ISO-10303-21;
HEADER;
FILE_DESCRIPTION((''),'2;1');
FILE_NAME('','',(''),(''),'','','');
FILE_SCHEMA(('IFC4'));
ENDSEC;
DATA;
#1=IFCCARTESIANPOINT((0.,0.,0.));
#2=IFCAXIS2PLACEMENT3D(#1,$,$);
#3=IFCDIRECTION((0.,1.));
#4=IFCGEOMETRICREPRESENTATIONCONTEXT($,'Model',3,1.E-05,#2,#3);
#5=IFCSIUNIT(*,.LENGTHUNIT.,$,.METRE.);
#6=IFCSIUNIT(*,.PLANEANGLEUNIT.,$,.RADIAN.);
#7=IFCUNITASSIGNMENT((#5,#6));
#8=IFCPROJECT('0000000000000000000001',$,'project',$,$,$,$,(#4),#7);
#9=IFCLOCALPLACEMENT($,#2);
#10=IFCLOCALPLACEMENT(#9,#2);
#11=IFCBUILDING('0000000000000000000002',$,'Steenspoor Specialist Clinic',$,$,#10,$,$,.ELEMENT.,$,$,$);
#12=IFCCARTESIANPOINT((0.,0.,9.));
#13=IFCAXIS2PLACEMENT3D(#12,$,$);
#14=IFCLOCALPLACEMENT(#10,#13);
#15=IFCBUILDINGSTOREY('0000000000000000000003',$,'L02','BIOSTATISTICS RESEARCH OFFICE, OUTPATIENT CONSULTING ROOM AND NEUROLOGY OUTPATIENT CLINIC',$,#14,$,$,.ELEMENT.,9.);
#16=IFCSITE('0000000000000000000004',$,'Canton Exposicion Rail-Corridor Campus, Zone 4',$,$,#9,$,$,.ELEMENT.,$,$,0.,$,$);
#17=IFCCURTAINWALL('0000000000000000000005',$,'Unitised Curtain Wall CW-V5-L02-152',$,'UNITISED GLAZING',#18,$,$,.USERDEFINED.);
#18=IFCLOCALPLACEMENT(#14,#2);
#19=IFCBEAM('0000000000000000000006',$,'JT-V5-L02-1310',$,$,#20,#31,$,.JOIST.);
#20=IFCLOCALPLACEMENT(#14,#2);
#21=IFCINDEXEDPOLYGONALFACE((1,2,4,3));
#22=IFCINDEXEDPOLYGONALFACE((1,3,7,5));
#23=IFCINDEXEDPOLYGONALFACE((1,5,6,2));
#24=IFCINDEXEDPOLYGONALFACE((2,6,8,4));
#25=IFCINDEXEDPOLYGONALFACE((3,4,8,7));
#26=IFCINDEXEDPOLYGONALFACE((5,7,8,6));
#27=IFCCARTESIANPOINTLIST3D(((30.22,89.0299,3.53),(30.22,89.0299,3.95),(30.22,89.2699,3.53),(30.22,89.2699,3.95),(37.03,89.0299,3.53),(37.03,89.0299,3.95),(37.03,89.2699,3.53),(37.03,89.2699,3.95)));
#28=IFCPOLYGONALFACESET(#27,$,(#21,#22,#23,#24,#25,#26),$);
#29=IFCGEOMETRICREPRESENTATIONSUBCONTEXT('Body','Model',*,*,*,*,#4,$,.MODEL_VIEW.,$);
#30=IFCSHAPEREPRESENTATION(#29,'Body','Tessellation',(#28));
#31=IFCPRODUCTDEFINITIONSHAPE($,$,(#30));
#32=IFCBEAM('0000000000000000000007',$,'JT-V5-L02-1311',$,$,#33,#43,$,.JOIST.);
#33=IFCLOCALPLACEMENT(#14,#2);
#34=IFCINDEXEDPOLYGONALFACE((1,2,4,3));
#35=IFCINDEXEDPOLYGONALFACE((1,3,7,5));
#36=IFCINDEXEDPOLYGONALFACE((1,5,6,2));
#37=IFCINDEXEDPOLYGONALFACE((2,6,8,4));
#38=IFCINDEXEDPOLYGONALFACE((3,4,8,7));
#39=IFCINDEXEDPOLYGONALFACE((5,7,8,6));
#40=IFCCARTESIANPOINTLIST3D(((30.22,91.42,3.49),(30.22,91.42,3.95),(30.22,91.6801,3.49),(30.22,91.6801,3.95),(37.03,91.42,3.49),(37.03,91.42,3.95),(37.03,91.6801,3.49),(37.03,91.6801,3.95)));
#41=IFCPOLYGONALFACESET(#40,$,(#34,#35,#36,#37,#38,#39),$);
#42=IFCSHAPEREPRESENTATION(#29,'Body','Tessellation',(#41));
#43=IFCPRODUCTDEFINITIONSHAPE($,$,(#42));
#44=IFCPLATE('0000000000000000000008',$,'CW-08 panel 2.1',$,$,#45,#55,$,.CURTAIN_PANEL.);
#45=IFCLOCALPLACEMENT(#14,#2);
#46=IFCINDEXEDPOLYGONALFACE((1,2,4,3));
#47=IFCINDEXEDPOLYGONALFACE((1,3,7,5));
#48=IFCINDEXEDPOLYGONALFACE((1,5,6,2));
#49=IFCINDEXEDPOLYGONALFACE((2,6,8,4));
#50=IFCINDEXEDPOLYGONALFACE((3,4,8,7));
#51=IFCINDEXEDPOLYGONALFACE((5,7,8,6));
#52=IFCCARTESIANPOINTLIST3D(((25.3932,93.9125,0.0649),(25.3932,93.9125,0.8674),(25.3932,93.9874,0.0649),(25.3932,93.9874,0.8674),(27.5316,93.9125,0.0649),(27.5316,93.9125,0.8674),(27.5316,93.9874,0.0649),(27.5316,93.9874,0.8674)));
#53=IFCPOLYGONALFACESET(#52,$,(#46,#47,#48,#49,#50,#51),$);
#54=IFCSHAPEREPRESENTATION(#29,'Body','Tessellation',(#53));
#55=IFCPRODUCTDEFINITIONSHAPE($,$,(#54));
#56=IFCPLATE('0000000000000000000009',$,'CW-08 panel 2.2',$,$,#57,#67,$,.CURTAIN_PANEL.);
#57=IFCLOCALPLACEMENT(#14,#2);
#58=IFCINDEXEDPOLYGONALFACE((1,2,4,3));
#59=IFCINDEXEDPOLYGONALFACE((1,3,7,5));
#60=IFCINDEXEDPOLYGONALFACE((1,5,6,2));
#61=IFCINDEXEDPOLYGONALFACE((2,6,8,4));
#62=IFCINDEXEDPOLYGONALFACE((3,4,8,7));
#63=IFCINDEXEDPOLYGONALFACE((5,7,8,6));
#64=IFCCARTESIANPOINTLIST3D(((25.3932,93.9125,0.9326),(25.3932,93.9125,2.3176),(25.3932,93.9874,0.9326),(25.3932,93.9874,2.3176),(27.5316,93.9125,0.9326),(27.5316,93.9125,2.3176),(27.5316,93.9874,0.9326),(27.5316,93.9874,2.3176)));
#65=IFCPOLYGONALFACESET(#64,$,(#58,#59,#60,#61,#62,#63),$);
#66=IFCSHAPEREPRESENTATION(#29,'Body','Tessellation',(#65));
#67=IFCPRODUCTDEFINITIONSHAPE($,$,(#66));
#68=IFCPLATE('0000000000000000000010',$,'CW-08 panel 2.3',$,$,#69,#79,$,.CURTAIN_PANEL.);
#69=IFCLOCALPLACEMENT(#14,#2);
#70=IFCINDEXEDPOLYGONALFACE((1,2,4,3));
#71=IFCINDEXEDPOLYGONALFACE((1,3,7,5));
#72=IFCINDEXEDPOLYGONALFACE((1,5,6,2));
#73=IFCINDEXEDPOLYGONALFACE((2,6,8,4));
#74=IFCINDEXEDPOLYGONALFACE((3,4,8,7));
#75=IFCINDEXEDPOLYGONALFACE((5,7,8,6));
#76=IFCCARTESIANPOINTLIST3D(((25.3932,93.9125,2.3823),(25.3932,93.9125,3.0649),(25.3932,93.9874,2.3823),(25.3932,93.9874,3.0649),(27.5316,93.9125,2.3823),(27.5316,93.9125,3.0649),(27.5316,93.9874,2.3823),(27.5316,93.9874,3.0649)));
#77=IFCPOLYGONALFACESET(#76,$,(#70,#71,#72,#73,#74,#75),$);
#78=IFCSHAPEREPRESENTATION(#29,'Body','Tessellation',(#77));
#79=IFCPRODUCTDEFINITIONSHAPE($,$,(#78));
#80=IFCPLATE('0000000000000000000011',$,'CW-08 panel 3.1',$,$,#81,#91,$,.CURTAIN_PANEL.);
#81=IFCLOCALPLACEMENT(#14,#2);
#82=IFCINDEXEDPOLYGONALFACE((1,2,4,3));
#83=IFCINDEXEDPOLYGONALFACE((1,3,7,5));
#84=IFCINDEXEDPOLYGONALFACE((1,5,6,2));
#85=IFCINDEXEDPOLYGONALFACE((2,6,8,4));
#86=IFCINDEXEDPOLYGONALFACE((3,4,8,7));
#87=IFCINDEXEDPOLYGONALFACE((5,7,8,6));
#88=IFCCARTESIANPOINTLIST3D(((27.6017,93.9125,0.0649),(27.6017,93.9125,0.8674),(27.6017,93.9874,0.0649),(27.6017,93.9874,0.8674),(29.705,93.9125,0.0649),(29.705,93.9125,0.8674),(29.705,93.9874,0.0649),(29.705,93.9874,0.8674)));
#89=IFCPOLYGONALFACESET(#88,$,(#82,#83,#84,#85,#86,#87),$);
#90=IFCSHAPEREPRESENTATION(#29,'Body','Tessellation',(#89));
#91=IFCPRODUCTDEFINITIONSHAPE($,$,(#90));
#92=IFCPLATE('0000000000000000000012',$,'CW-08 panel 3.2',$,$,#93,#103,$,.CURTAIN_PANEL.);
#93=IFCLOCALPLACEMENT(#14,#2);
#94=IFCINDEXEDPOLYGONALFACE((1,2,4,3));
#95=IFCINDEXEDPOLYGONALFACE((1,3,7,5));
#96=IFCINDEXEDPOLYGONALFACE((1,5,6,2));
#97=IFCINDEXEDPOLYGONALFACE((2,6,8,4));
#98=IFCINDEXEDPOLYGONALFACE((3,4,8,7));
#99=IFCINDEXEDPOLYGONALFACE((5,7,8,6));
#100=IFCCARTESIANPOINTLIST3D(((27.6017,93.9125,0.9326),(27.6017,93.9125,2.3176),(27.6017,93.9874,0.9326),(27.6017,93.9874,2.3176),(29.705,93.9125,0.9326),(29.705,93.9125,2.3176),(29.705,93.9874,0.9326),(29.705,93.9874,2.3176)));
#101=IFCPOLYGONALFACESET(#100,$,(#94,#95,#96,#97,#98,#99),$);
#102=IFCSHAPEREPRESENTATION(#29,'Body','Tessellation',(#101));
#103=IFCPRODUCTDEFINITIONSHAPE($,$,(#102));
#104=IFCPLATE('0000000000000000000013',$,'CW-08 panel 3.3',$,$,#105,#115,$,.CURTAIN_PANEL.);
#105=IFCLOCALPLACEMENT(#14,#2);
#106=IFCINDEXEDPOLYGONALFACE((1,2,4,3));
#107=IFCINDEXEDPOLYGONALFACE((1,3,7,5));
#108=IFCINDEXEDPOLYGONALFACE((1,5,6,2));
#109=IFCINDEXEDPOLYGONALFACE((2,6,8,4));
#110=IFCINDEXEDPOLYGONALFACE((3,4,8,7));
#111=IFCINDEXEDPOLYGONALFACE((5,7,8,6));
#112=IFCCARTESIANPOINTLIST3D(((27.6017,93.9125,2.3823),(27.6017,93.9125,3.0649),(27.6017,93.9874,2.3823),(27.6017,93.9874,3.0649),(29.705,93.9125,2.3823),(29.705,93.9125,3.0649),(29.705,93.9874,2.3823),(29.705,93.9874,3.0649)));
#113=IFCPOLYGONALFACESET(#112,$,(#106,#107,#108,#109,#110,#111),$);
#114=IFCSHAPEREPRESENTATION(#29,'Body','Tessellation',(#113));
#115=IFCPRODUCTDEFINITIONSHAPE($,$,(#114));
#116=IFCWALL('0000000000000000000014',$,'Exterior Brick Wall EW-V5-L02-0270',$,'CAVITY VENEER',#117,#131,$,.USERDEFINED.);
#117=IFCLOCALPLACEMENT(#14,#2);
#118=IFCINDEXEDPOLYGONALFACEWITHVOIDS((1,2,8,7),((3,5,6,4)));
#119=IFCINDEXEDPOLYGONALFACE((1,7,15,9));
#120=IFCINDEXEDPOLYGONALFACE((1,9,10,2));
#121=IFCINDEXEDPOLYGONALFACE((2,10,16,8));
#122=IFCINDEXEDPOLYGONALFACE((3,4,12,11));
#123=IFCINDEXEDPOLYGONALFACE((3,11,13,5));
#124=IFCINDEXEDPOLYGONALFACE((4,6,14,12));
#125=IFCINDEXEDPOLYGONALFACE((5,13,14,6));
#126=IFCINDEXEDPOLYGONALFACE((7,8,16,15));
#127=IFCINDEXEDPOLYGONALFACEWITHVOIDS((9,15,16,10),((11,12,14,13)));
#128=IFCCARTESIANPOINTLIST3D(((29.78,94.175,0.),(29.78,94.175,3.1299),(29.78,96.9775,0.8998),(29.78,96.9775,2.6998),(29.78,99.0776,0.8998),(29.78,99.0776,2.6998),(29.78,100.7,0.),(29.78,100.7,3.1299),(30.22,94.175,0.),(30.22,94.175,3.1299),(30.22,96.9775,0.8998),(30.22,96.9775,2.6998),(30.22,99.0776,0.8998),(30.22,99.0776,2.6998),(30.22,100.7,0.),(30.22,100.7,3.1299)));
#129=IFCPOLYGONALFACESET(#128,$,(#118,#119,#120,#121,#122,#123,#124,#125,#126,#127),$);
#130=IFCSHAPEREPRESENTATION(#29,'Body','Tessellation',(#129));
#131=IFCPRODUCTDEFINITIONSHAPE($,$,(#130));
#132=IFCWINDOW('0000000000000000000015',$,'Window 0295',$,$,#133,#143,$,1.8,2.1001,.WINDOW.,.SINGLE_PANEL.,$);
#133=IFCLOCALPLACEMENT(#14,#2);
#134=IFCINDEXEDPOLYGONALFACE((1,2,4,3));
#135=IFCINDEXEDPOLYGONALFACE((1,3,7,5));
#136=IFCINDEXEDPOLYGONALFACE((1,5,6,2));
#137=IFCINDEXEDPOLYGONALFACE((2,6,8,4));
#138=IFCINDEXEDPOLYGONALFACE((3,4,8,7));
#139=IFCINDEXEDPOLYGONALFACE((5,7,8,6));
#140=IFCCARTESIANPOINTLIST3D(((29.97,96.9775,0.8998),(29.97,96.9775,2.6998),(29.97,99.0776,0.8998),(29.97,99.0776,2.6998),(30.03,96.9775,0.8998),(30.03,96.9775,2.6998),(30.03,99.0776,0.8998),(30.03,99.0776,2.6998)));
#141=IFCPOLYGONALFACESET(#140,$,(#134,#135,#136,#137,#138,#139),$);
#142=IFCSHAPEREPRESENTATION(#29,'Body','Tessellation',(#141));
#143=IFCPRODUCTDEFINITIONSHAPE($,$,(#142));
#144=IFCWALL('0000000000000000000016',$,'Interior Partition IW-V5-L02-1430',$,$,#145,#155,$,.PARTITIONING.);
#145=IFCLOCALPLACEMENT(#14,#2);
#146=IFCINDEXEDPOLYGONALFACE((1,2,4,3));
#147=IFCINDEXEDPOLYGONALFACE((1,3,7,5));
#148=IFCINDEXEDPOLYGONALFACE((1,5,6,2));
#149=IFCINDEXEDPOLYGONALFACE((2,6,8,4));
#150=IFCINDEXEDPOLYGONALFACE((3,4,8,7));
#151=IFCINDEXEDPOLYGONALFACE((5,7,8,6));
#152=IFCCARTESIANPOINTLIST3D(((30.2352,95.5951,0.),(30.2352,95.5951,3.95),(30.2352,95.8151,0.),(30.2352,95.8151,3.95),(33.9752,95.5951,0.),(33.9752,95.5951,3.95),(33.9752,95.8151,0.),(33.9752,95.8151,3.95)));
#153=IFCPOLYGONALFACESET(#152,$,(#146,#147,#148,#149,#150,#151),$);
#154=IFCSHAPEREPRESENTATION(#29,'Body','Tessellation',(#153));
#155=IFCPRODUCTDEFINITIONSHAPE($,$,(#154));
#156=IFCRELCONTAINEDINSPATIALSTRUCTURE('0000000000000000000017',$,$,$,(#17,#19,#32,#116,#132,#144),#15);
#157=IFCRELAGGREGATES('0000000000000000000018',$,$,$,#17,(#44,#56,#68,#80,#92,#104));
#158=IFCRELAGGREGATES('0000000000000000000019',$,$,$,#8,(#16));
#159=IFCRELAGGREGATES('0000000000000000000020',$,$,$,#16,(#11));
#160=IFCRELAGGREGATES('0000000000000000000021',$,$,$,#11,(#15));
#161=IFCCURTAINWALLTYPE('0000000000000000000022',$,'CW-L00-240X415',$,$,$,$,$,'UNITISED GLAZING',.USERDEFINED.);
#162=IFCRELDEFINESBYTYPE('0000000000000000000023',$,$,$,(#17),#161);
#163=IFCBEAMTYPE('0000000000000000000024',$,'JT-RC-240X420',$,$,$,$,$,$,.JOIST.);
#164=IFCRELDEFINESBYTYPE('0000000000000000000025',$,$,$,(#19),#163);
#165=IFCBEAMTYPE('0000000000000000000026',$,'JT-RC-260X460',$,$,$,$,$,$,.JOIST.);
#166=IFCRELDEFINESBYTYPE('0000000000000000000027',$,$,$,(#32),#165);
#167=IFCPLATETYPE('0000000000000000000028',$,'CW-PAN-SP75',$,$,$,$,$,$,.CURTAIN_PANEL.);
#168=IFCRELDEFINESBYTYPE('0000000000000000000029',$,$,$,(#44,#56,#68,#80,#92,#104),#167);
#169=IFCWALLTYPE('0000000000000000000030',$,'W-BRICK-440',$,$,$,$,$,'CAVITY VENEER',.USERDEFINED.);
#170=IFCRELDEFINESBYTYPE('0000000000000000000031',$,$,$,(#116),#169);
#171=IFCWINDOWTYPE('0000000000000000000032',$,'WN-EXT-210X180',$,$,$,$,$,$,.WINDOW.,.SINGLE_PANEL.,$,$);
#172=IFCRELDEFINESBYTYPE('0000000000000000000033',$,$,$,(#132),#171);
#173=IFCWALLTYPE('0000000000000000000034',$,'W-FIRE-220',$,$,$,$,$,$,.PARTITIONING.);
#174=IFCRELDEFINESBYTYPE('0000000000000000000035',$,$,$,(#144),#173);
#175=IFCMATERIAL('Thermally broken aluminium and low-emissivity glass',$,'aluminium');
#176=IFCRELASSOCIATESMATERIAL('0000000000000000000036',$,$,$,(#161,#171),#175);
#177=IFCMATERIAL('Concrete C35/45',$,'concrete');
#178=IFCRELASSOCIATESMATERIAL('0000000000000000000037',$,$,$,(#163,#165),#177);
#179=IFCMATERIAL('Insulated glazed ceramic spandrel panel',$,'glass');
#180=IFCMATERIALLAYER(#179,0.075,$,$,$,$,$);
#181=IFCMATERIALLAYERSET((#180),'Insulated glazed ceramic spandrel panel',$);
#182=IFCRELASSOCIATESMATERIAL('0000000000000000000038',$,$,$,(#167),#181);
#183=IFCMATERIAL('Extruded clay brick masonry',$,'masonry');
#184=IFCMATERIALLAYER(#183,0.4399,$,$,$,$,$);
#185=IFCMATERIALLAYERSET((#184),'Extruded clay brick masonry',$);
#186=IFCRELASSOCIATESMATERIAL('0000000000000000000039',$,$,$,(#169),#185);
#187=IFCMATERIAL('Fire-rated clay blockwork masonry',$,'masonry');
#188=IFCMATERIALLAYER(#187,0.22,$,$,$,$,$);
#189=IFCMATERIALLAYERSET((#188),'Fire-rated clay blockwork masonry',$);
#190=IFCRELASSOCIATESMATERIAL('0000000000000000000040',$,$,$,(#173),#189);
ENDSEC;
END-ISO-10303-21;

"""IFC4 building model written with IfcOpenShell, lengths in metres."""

from ifc_helpers import new_model, si_unit, direction, frame, frame_2d, origin, origin_2d, place, context, subcontext, project, spatial, rectangle, extrude, material, layer, layer_set, material_profile, profile_set, type_object, element, fill, aggregate, save


model = new_model("IFC4")

# Units and contexts
model_context = context("Model", 3, precision=1e-05, world=origin(), true_north=direction((0.0, 1.0)))
body_context = subcontext(model_context, "Body", "Model", "MODEL_VIEW")
ifc_project = project(units=[si_unit("LENGTHUNIT", "METRE"), si_unit("PLANEANGLEUNIT", "RADIAN")], contexts=[model_context])

# Site, building, storey
site_placement = place(None, origin())
site = spatial("IfcSite", under=ifc_project, at=site_placement, Name="Canton Exposicion Rail-Corridor Campus, Zone 4", CompositionType="ELEMENT", RefElevation=0.0)
building_placement = place(site_placement, origin())
building = spatial("IfcBuilding", under=site, at=building_placement, Name="Steenspoor Specialist Clinic", CompositionType="ELEMENT")
storey_placement = place(building_placement, frame((0.0, 0.0, 9.0)))
storey = spatial("IfcBuildingStorey", under=building, at=storey_placement, Name="L02", Description="BIOSTATISTICS RESEARCH OFFICE, OUTPATIENT CONSULTING ROOM AND NEUROLOGY OUTPATIENT CLINIC", CompositionType="ELEMENT", Elevation=9.0)

# Shared definitions
ifc_material_1 = material(Name="Concrete C35/45", Category="concrete")

# Curtain wall
ifc_material_2 = material(Name="Thermally broken aluminium and low-emissivity glass", Category="aluminium")
curtain_wall_type = type_object("IfcCurtainWallType", Name="CW-L00-240X415", ElementType="UNITISED GLAZING", PredefinedType="USERDEFINED", material=ifc_material_2)
curtain_wall_placement = place(storey_placement, origin())
curtain_wall = element("IfcCurtainWall", 1, at=curtain_wall_placement, inside=storey, type_object=curtain_wall_type, Name="Unitised Curtain Wall CW-V5-L02-152", ObjectType="UNITISED GLAZING", PredefinedType="USERDEFINED")

# Beams
ifc_material_profile_1 = material_profile(ifc_material_1, rectangle(XDim=0.24, YDim=0.4199, at=origin_2d()), Name="RC-JT-240X420")
ifc_profile_set_1 = profile_set([ifc_material_profile_1], Name="Concrete C35/45")
beam_type_1 = type_object("IfcBeamType", Name="JT-RC-240X420", PredefinedType="JOIST", material=ifc_profile_set_1)
beam_1_placement = place(storey_placement, frame((30.22, 89.1499, 3.74), z_axis=(1.0, 0.0, 0.0), x_axis=(0.0, 1.0, 0.0)))
element("IfcBeam", 2, at=beam_1_placement, inside=storey, type_object=beam_type_1, Name="JT-V5-L02-1310", PredefinedType="JOIST", context=body_context, shape_type="SweptSolid", body=[
    extrude(rectangle(XDim=0.24, YDim=0.4199, at=origin_2d()), origin(), (0.0, 0.0, 1.0), 6.8101),
])
ifc_material_profile_2 = material_profile(ifc_material_1, rectangle(XDim=0.26, YDim=0.46, at=origin_2d()), Name="RC-JT-260X460")
ifc_profile_set_2 = profile_set([ifc_material_profile_2], Name="Concrete C35/45")
beam_type_2 = type_object("IfcBeamType", Name="JT-RC-260X460", PredefinedType="JOIST", material=ifc_profile_set_2)
beam_2_placement = place(storey_placement, frame((30.22, 91.55, 3.72), z_axis=(1.0, 0.0, 0.0), x_axis=(0.0, 1.0, 0.0)))
element("IfcBeam", 3, at=beam_2_placement, inside=storey, type_object=beam_type_2, Name="JT-V5-L02-1311", PredefinedType="JOIST", context=body_context, shape_type="SweptSolid", body=[
    extrude(rectangle(XDim=0.26, YDim=0.46, at=origin_2d()), origin(), (0.0, 0.0, 1.0), 6.8101),
])

# Plates
ifc_material_3 = material(Name="Insulated glazed ceramic spandrel panel", Category="glass")
ifc_layer_1 = layer(ifc_material_3, 0.075)
ifc_layer_set_1 = layer_set([ifc_layer_1], Name="Insulated glazed ceramic spandrel panel")
plate_type = type_object("IfcPlateType", Name="CW-PAN-SP75", PredefinedType="CURTAIN_PANEL", material=ifc_layer_set_1)
plate_1_placement = place(storey_placement, frame((26.4624, 93.95, 0.0649), z_axis=(0.0, 0.0, 1.0), x_axis=(1.0, 0.0, 0.0)))
plate_1 = element("IfcPlate", 4, at=plate_1_placement, type_object=plate_type, Name="CW-08 panel 2.1", PredefinedType="CURTAIN_PANEL", context=body_context, shape_type="SweptSolid", body=[
    extrude(rectangle(XDim=2.1384, YDim=0.075, at=origin_2d()), origin(), (0.0, 0.0, 1.0), 0.8025),
])
plate_2_placement = place(storey_placement, frame((26.4624, 93.95, 0.9326), z_axis=(0.0, 0.0, 1.0), x_axis=(1.0, 0.0, 0.0)))
plate_2 = element("IfcPlate", 5, at=plate_2_placement, type_object=plate_type, Name="CW-08 panel 2.2", PredefinedType="CURTAIN_PANEL", context=body_context, shape_type="SweptSolid", body=[
    extrude(rectangle(XDim=2.1384, YDim=0.075, at=origin_2d()), origin(), (0.0, 0.0, 1.0), 1.385),
])
plate_3_placement = place(storey_placement, frame((26.4624, 93.95, 2.3823), z_axis=(0.0, 0.0, 1.0), x_axis=(1.0, 0.0, 0.0)))
plate_3 = element("IfcPlate", 6, at=plate_3_placement, type_object=plate_type, Name="CW-08 panel 2.3", PredefinedType="CURTAIN_PANEL", context=body_context, shape_type="SweptSolid", body=[
    extrude(rectangle(XDim=2.1384, YDim=0.075, at=origin_2d()), origin(), (0.0, 0.0, 1.0), 0.6826),
])
plate_4_placement = place(storey_placement, frame((28.6533, 93.95, 0.0649), z_axis=(0.0, 0.0, 1.0), x_axis=(1.0, 0.0, 0.0)))
plate_4 = element("IfcPlate", 7, at=plate_4_placement, type_object=plate_type, Name="CW-08 panel 3.1", PredefinedType="CURTAIN_PANEL", context=body_context, shape_type="SweptSolid", body=[
    extrude(rectangle(XDim=2.1033, YDim=0.075, at=origin_2d()), origin(), (0.0, 0.0, 1.0), 0.8025),
])
plate_5_placement = place(storey_placement, frame((28.6533, 93.95, 0.9326), z_axis=(0.0, 0.0, 1.0), x_axis=(1.0, 0.0, 0.0)))
plate_5 = element("IfcPlate", 8, at=plate_5_placement, type_object=plate_type, Name="CW-08 panel 3.2", PredefinedType="CURTAIN_PANEL", context=body_context, shape_type="SweptSolid", body=[
    extrude(rectangle(XDim=2.1033, YDim=0.075, at=origin_2d()), origin(), (0.0, 0.0, 1.0), 1.385),
])
plate_6_placement = place(storey_placement, frame((28.6533, 93.95, 2.3823), z_axis=(0.0, 0.0, 1.0), x_axis=(1.0, 0.0, 0.0)))
plate_6 = element("IfcPlate", 9, at=plate_6_placement, type_object=plate_type, Name="CW-08 panel 3.3", PredefinedType="CURTAIN_PANEL", context=body_context, shape_type="SweptSolid", body=[
    extrude(rectangle(XDim=2.1033, YDim=0.075, at=origin_2d()), origin(), (0.0, 0.0, 1.0), 0.6826),
])
aggregate(curtain_wall, [plate_1, plate_2, plate_3, plate_4, plate_5, plate_6])

# Wall, opening, window
ifc_material_4 = material(Name="Extruded clay brick masonry", Category="masonry")
ifc_layer_2 = layer(ifc_material_4, 0.4399)
ifc_layer_set_2 = layer_set([ifc_layer_2], Name="Extruded clay brick masonry")
wall_type_1 = type_object("IfcWallType", Name="W-BRICK-440", ElementType="CAVITY VENEER", PredefinedType="USERDEFINED", material=ifc_layer_set_2)
wall_1_placement = place(storey_placement, frame((30.0, 94.175, 0.0), z_axis=(0.0, 0.0, 1.0), x_axis=(0.0, 1.0, 0.0)))
wall_1 = element("IfcWall", 10, at=wall_1_placement, inside=storey, type_object=wall_type_1, Name="Exterior Brick Wall EW-V5-L02-0270", ObjectType="CAVITY VENEER", PredefinedType="USERDEFINED", context=body_context, shape_type="SweptSolid", body=[
    extrude(rectangle(XDim=6.5249, YDim=0.4399, at=frame_2d((3.2625, 0.0))), origin(), (0.0, 0.0, 1.0), 3.1299),
])
opening_1_placement = place(wall_1_placement, frame((2.8025, 0.0, 0.8999)))
opening_1 = element("IfcOpeningElement", 11, at=opening_1_placement, cuts=wall_1, PredefinedType="OPENING", context=body_context, shape_type="SweptSolid", body=[
    extrude(rectangle(XDim=2.1001, YDim=1.8, at=frame_2d((1.05, 0.8999))), frame((0.0, 0.23, 0.0), z_axis=(0.0, -1.0, 0.0), x_axis=(1.0, 0.0, 0.0)), (0.0, 0.0, 1.0), 0.46),
])
window_type = type_object("IfcWindowType", Name="WN-EXT-210X180", PartitioningType="SINGLE_PANEL", PredefinedType="WINDOW", material=ifc_material_2)
window_placement = place(opening_1_placement, origin())
window = element("IfcWindow", 12, at=window_placement, inside=storey, type_object=window_type, Name="Window 0295", OverallHeight=1.8, OverallWidth=2.1001, PartitioningType="SINGLE_PANEL", PredefinedType="WINDOW", context=body_context, shape_type="SweptSolid", body=[
    extrude(rectangle(XDim=2.1001, YDim=1.8, at=frame_2d((1.05, 0.8999))), frame((0.0, 0.03, 0.0), z_axis=(0.0, -1.0, 0.0), x_axis=(1.0, 0.0, 0.0)), (0.0, 0.0, 1.0), 0.0601),
])
fill(opening_1, window)

# Wall
ifc_material_5 = material(Name="Fire-rated clay blockwork masonry", Category="masonry")
ifc_layer_3 = layer(ifc_material_5, 0.22)
ifc_layer_set_3 = layer_set([ifc_layer_3], Name="Fire-rated clay blockwork masonry")
wall_type_2 = type_object("IfcWallType", Name="W-FIRE-220", PredefinedType="PARTITIONING", material=ifc_layer_set_3)
wall_2_placement = place(storey_placement, frame((30.2351, 95.7051, 0.0), z_axis=(0.0, 0.0, 1.0), x_axis=(1.0, 0.0, 0.0)))
element("IfcWall", 13, at=wall_2_placement, inside=storey, type_object=wall_type_2, Name="Interior Partition IW-V5-L02-1430", PredefinedType="PARTITIONING", context=body_context, shape_type="SweptSolid", body=[
    extrude(rectangle(XDim=3.74, YDim=0.22, at=frame_2d((1.8701, 0.0))), origin(), (0.0, 0.0, 1.0), 3.95),
])

save(model, "model.ifc")
